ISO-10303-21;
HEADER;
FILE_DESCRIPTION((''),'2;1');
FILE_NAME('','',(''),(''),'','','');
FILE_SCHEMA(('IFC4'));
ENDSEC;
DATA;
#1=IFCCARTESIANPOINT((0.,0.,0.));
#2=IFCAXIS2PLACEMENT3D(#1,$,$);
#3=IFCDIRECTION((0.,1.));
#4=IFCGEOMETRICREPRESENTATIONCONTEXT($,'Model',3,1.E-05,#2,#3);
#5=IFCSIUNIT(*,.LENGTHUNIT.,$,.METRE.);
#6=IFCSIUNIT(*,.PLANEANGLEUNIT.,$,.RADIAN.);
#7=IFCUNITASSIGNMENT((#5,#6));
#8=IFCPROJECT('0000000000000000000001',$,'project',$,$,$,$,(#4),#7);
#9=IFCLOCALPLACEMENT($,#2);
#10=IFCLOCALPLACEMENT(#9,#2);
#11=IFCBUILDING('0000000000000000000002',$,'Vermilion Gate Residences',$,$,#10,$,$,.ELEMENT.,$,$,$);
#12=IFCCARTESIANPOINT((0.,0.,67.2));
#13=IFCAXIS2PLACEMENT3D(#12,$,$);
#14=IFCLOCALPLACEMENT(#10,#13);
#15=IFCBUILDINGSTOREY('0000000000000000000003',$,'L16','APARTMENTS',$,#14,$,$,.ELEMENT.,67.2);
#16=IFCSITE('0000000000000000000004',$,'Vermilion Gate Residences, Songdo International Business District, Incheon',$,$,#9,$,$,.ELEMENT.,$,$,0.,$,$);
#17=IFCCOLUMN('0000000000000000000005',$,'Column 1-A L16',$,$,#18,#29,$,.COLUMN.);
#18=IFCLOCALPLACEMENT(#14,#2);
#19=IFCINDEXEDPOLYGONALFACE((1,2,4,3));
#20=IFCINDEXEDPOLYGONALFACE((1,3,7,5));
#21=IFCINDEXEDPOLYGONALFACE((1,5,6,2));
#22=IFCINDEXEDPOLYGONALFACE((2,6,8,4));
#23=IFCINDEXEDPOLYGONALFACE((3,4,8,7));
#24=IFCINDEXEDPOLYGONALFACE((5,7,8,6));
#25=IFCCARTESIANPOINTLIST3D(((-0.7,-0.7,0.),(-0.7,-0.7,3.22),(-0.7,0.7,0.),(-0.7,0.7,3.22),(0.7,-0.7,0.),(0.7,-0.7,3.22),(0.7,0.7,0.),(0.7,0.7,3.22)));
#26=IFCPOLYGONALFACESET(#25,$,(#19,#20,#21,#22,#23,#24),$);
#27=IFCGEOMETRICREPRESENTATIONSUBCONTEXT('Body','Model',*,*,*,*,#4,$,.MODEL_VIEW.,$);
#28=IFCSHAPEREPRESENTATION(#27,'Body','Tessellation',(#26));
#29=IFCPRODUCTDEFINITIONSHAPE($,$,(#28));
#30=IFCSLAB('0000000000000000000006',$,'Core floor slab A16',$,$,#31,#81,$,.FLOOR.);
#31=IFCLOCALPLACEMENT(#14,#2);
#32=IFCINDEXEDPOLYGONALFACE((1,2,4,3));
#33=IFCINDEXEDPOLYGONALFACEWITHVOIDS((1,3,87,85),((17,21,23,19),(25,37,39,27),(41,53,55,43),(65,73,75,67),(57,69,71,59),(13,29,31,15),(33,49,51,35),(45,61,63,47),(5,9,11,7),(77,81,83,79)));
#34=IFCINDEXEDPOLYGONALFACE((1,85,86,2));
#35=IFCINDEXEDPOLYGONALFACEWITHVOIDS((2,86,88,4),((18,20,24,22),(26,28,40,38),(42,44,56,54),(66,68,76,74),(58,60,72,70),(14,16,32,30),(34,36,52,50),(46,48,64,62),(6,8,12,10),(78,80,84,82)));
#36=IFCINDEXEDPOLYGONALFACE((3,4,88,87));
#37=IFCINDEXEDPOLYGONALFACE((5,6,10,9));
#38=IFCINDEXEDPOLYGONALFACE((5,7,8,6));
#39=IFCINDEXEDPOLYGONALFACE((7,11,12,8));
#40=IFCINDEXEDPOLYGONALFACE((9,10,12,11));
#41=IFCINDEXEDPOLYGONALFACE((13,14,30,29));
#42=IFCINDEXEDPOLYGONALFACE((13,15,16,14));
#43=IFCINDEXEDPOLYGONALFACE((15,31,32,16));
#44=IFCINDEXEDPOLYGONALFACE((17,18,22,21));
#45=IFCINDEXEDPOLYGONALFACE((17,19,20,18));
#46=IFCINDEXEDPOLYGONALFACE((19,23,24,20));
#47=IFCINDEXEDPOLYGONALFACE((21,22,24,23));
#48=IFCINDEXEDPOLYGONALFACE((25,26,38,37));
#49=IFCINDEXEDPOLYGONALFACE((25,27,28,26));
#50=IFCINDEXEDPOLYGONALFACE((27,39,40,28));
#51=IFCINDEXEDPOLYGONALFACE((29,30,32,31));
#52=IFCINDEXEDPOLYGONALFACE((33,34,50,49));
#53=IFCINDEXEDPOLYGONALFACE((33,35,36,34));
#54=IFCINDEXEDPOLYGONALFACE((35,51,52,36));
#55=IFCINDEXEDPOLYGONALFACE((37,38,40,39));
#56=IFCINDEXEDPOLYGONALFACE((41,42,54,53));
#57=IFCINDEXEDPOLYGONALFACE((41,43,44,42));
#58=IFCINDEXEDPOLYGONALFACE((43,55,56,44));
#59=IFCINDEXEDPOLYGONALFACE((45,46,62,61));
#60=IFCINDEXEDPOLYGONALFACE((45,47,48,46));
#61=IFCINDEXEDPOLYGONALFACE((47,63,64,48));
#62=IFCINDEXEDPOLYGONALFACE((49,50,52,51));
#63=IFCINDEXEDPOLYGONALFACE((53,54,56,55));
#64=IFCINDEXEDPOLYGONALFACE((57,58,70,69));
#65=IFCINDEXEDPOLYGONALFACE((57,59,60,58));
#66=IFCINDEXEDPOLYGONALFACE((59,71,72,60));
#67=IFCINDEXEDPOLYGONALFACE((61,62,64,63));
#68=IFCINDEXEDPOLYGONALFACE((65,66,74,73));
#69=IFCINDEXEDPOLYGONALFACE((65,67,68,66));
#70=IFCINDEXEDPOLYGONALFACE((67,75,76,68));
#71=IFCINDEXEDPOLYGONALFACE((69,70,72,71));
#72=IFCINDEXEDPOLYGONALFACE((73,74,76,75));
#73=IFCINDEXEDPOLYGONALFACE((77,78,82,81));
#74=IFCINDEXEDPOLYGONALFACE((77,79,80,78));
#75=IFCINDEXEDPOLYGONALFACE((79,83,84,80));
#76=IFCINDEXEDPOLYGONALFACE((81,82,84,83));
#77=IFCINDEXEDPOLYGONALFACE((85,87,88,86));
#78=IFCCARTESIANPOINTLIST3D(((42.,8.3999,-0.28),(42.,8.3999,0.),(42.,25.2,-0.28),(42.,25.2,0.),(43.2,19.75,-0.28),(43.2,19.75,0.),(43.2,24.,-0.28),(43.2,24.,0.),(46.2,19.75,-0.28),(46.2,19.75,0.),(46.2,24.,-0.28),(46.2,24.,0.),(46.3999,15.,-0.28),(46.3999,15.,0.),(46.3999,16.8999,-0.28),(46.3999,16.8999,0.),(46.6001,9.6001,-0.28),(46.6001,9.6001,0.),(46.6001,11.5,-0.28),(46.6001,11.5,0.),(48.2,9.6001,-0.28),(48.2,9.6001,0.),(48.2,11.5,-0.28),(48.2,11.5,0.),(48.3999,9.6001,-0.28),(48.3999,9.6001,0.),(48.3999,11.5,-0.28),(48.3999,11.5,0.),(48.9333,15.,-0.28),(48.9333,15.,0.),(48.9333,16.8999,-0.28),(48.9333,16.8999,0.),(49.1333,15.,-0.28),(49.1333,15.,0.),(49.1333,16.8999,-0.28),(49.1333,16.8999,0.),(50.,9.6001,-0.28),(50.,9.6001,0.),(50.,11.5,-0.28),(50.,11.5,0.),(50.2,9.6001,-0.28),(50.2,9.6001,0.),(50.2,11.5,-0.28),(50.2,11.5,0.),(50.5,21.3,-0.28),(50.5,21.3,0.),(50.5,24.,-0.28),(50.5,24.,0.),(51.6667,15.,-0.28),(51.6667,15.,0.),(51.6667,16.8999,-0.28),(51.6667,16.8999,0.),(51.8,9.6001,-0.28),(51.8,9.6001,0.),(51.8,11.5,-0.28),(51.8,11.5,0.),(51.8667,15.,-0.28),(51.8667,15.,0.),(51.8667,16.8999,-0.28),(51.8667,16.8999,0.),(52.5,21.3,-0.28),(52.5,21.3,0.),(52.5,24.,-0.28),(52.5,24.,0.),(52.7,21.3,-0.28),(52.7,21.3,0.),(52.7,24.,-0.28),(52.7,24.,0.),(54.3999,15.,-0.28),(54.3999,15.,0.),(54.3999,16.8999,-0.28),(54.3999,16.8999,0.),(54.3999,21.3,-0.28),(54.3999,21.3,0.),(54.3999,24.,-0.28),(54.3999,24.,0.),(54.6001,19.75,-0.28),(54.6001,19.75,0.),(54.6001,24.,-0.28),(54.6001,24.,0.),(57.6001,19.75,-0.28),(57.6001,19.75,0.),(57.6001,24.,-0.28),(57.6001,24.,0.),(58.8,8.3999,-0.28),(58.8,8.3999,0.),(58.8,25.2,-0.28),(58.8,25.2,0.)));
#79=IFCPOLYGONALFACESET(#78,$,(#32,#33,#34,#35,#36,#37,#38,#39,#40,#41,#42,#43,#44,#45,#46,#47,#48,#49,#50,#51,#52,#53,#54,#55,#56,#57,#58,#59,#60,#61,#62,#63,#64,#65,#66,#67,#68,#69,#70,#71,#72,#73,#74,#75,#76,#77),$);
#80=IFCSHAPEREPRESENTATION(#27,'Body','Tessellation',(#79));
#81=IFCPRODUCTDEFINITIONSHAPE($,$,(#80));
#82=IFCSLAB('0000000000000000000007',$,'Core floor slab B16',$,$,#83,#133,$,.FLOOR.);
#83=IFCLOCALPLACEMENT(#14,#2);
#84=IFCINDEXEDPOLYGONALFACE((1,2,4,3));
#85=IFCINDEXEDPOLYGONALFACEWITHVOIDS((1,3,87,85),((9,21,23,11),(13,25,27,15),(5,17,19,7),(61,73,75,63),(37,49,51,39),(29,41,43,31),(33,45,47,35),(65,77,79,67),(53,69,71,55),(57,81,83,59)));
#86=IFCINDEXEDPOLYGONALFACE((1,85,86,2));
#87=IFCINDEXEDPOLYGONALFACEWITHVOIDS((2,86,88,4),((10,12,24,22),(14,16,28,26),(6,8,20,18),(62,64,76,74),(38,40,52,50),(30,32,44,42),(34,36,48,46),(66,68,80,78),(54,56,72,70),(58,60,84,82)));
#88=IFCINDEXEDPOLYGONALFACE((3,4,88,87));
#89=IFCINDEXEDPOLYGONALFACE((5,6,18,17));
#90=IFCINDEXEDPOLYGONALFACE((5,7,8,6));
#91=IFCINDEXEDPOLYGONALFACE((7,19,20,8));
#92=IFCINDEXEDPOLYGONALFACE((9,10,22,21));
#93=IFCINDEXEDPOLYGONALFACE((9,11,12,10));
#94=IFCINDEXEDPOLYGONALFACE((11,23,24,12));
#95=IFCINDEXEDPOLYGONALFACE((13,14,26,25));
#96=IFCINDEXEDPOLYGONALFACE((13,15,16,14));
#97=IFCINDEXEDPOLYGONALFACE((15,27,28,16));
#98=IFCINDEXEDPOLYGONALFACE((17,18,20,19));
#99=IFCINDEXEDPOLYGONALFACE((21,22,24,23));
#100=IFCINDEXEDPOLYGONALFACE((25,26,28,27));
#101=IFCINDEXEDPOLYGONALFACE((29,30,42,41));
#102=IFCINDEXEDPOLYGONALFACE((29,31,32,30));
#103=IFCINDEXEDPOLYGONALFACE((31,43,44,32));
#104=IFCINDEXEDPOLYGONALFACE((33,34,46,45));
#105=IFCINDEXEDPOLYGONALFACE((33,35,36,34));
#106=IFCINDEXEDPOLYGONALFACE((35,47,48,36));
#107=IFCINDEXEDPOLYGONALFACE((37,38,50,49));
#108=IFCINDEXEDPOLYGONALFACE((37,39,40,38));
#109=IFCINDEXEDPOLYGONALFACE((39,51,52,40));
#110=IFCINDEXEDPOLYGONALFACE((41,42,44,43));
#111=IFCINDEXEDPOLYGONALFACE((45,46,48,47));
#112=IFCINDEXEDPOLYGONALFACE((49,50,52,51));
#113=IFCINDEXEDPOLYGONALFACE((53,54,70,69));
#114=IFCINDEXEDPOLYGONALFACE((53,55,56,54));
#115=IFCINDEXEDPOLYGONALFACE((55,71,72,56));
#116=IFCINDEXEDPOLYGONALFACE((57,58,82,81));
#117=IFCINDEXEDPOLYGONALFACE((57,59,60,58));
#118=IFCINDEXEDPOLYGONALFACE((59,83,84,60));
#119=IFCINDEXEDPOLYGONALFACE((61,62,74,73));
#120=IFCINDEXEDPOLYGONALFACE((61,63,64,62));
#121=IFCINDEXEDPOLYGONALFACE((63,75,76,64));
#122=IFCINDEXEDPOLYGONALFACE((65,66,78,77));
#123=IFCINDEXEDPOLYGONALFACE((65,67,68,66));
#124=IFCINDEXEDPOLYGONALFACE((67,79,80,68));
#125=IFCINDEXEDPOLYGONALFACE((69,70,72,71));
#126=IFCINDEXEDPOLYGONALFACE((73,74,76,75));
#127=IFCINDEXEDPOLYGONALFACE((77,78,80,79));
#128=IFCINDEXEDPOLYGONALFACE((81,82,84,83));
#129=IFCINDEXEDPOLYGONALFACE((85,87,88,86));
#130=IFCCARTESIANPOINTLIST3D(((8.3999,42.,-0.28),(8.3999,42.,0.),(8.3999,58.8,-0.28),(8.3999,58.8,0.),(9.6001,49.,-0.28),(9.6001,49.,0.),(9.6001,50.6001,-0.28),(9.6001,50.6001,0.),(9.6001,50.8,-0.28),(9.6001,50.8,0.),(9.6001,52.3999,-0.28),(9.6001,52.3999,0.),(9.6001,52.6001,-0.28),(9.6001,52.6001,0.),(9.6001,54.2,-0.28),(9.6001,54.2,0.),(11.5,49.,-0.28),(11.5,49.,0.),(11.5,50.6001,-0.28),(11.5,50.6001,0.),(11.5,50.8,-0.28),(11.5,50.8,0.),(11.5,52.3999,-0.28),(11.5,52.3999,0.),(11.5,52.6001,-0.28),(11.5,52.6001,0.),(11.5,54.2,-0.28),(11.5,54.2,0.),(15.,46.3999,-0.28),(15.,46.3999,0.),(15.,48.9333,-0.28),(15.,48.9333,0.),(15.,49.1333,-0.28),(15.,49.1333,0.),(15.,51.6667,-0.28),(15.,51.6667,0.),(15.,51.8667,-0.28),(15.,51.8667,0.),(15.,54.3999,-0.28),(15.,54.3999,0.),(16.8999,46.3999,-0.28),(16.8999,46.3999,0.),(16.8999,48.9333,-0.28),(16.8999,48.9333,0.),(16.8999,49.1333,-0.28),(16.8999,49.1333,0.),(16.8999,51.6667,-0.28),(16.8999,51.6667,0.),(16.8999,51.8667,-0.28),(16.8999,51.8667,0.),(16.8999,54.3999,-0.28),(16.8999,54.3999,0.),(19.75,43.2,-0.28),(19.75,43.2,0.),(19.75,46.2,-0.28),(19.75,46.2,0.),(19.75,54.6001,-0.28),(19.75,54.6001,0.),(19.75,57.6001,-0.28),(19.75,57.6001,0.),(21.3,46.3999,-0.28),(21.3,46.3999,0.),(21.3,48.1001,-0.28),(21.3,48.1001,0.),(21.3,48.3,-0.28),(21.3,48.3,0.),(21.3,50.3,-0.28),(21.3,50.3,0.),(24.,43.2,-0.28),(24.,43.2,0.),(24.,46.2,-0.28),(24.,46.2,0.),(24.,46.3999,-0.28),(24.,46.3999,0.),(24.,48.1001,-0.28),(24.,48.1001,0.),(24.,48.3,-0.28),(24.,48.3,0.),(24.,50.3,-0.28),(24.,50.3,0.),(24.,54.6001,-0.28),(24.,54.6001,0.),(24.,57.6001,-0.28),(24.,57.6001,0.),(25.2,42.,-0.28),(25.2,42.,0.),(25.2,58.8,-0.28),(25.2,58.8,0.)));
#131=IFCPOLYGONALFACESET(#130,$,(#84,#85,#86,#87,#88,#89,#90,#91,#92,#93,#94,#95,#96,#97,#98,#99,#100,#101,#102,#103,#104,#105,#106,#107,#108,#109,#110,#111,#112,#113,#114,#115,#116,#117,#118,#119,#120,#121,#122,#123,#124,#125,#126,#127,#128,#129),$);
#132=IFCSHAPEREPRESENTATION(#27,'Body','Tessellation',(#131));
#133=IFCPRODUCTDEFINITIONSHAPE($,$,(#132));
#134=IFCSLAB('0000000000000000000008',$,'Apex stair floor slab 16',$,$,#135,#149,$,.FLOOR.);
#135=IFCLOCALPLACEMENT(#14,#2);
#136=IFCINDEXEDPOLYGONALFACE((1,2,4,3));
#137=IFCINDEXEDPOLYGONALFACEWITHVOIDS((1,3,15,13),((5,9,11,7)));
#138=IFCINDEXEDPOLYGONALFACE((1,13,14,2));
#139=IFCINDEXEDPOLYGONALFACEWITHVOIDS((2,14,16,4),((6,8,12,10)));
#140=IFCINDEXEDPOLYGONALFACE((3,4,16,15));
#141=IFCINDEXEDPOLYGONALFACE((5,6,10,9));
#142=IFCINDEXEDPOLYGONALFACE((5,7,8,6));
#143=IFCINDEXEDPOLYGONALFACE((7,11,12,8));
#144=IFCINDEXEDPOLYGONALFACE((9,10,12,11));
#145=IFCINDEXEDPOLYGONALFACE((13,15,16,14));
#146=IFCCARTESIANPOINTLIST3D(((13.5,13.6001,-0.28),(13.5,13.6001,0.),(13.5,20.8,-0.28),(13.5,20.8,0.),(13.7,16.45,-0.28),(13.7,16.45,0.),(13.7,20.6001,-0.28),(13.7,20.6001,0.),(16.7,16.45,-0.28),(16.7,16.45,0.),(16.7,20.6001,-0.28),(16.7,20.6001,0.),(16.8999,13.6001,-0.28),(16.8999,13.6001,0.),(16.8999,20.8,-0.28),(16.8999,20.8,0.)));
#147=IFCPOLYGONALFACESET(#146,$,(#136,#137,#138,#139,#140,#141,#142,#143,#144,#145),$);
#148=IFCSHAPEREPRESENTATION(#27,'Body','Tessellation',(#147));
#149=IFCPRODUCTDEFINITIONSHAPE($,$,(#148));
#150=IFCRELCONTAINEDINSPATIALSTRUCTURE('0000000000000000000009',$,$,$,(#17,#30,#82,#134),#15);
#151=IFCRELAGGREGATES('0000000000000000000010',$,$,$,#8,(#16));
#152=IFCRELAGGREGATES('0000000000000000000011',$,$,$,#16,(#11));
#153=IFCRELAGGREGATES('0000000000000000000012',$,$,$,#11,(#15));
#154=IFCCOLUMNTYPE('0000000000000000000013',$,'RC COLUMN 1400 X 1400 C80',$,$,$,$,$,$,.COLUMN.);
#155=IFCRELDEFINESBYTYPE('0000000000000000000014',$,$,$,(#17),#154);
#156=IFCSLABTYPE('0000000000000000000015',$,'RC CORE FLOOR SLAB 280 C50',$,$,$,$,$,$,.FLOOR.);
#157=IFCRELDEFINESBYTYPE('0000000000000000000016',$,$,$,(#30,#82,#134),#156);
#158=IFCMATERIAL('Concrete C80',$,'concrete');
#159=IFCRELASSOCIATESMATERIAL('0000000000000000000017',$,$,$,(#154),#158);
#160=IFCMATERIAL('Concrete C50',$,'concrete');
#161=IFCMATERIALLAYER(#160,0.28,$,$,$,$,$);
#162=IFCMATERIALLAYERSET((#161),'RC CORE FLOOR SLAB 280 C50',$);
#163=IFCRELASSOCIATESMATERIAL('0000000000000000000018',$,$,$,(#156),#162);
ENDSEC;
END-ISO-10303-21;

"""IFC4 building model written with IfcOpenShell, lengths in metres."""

from ifc_helpers import new_model, si_unit, direction, frame, origin, origin_with_axes, origin_2d, place, context, subcontext, project, spatial, polyline, rectangle, outline, extrude, material, layer, layer_set, material_profile, profile_set, type_object, element, save


model = new_model("IFC4")

# Units and contexts
model_context = context("Model", 3, precision=1e-05, world=origin(), true_north=direction((0.0, 1.0)))
body_context = subcontext(model_context, "Body", "Model", "MODEL_VIEW")
ifc_project = project(units=[si_unit("LENGTHUNIT", "METRE"), si_unit("PLANEANGLEUNIT", "RADIAN")], contexts=[model_context])

# Site, building, storey
site_placement = place(None, origin())
site = spatial("IfcSite", under=ifc_project, at=site_placement, Name="Vermilion Gate Residences, Songdo International Business District, Incheon", CompositionType="ELEMENT", RefElevation=0.0)
building_placement = place(site_placement, origin())
building = spatial("IfcBuilding", under=site, at=building_placement, Name="Vermilion Gate Residences", CompositionType="ELEMENT")
storey_placement = place(building_placement, frame((0.0, 0.0, 67.2)))
storey = spatial("IfcBuildingStorey", under=building, at=storey_placement, Name="L16", Description="APARTMENTS", CompositionType="ELEMENT", Elevation=67.2)

# Column
ifc_material_1 = material(Name="Concrete C80", Category="concrete")
ifc_material_profile = material_profile(ifc_material_1, rectangle(XDim=1.3999, YDim=1.3999, at=origin_2d()), Name="RC-1400x1400")
ifc_profile_set = profile_set([ifc_material_profile], Name="Concrete C80")
column_type = type_object("IfcColumnType", Name="RC COLUMN 1400 X 1400 C80", PredefinedType="COLUMN", material=ifc_profile_set)
column_placement = place(storey_placement, origin_with_axes())
element("IfcColumn", 1, at=column_placement, inside=storey, type_object=column_type, Name="Column 1-A L16", PredefinedType="COLUMN", context=body_context, shape_type="SweptSolid", body=[
    extrude(rectangle(XDim=1.3999, YDim=1.3999, at=origin_2d()), origin(), (0.0, 0.0, 1.0), 3.22),
])

# Slabs
ifc_material_2 = material(Name="Concrete C50", Category="concrete")
ifc_layer_1 = layer(ifc_material_2, 0.28)
ifc_layer_set_1 = layer_set([ifc_layer_1], Name="RC CORE FLOOR SLAB 280 C50")
slab_type_1 = type_object("IfcSlabType", Name="RC CORE FLOOR SLAB 280 C50", PredefinedType="FLOOR", material=ifc_layer_set_1)
slab_1_placement = place(storey_placement, frame((0.0, 0.0, -0.28)))
element("IfcSlab", 2, at=slab_1_placement, inside=storey, type_object=slab_type_1, Name="Core floor slab A16", PredefinedType="FLOOR", context=body_context, shape_type="SweptSolid", body=[
    extrude(outline(polyline([(42.0, 8.3999), (58.8, 8.3999), (58.8, 25.2), (42.0, 25.2), (42.0, 8.3999)]), holes=[polyline([(46.6001, 11.5), (48.2, 11.5), (48.2, 9.6001), (46.6001, 9.6001), (46.6001, 11.5)]), polyline([(48.3999, 11.5), (50.0, 11.5), (50.0, 9.6001), (48.3999, 9.6001), (48.3999, 11.5)]), polyline([(50.2, 11.5), (51.8, 11.5), (51.8, 9.6001), (50.2, 9.6001), (50.2, 11.5)]), polyline([(48.9333, 16.8999), (48.9333, 15.0), (46.3999, 15.0), (46.3999, 16.8999), (48.9333, 16.8999)]), polyline([(51.6667, 16.8999), (51.6667, 15.0), (49.1333, 15.0), (49.1333, 16.8999), (51.6667, 16.8999)]), polyline([(51.8667, 16.8999), (54.3999, 16.8999), (54.3999, 15.0), (51.8667, 15.0), (51.8667, 16.8999)]), polyline([(43.2, 24.0), (46.2, 24.0), (46.2, 19.75), (43.2, 19.75), (43.2, 24.0)]), polyline([(54.6001, 24.0), (57.6001, 24.0), (57.6001, 19.75), (54.6001, 19.75), (54.6001, 24.0)]), polyline([(52.5, 24.0), (52.5, 21.3), (50.5, 21.3), (50.5, 24.0), (52.5, 24.0)]), polyline([(54.3999, 24.0), (54.3999, 21.3), (52.7, 21.3), (52.7, 24.0), (54.3999, 24.0)])]), origin(), (0.0, 0.0, 1.0), 0.28),
])
slab_2_placement = place(storey_placement, frame((0.0, 0.0, -0.28)))
element("IfcSlab", 3, at=slab_2_placement, inside=storey, type_object=slab_type_1, Name="Core floor slab B16", PredefinedType="FLOOR", context=body_context, shape_type="SweptSolid", body=[
    extrude(outline(polyline([(8.3999, 42.0), (25.2, 42.0), (25.2, 58.8), (8.3999, 58.8), (8.3999, 42.0)]), holes=[polyline([(19.75, 46.2), (24.0, 46.2), (24.0, 43.2), (19.75, 43.2), (19.75, 46.2)]), polyline([(21.3, 48.1001), (24.0, 48.1001), (24.0, 46.3999), (21.3, 46.3999), (21.3, 48.1001)]), polyline([(15.0, 48.9333), (16.8999, 48.9333), (16.8999, 46.3999), (15.0, 46.3999), (15.0, 48.9333)]), polyline([(24.0, 50.3), (24.0, 48.3), (21.3, 48.3), (21.3, 50.3), (24.0, 50.3)]), polyline([(11.5, 50.6001), (11.5, 49.0), (9.6001, 49.0), (9.6001, 50.6001), (11.5, 50.6001)]), polyline([(15.0, 51.6667), (16.8999, 51.6667), (16.8999, 49.1333), (15.0, 49.1333), (15.0, 51.6667)]), polyline([(9.6001, 52.3999), (11.5, 52.3999), (11.5, 50.8), (9.6001, 50.8), (9.6001, 52.3999)]), polyline([(15.0, 54.3999), (16.8999, 54.3999), (16.8999, 51.8667), (15.0, 51.8667), (15.0, 54.3999)]), polyline([(11.5, 54.2), (11.5, 52.6001), (9.6001, 52.6001), (9.6001, 54.2), (11.5, 54.2)]), polyline([(24.0, 57.6001), (24.0, 54.6001), (19.75, 54.6001), (19.75, 57.6001), (24.0, 57.6001)])]), origin(), (0.0, 0.0, 1.0), 0.28),
])
slab_3_placement = place(storey_placement, frame((0.0, 0.0, -0.28)))
element("IfcSlab", 4, at=slab_3_placement, inside=storey, type_object=slab_type_1, Name="Apex stair floor slab 16", PredefinedType="FLOOR", context=body_context, shape_type="SweptSolid", body=[
    extrude(outline(polyline([(13.5, 13.6001), (16.8999, 13.6001), (16.8999, 20.8), (13.5, 20.8), (13.5, 13.6001)]), holes=[polyline([(16.7, 20.6001), (16.7, 16.45), (13.7, 16.45), (13.7, 20.6001), (16.7, 20.6001)])]), origin(), (0.0, 0.0, 1.0), 0.28),
])

save(model, "model.ifc")
